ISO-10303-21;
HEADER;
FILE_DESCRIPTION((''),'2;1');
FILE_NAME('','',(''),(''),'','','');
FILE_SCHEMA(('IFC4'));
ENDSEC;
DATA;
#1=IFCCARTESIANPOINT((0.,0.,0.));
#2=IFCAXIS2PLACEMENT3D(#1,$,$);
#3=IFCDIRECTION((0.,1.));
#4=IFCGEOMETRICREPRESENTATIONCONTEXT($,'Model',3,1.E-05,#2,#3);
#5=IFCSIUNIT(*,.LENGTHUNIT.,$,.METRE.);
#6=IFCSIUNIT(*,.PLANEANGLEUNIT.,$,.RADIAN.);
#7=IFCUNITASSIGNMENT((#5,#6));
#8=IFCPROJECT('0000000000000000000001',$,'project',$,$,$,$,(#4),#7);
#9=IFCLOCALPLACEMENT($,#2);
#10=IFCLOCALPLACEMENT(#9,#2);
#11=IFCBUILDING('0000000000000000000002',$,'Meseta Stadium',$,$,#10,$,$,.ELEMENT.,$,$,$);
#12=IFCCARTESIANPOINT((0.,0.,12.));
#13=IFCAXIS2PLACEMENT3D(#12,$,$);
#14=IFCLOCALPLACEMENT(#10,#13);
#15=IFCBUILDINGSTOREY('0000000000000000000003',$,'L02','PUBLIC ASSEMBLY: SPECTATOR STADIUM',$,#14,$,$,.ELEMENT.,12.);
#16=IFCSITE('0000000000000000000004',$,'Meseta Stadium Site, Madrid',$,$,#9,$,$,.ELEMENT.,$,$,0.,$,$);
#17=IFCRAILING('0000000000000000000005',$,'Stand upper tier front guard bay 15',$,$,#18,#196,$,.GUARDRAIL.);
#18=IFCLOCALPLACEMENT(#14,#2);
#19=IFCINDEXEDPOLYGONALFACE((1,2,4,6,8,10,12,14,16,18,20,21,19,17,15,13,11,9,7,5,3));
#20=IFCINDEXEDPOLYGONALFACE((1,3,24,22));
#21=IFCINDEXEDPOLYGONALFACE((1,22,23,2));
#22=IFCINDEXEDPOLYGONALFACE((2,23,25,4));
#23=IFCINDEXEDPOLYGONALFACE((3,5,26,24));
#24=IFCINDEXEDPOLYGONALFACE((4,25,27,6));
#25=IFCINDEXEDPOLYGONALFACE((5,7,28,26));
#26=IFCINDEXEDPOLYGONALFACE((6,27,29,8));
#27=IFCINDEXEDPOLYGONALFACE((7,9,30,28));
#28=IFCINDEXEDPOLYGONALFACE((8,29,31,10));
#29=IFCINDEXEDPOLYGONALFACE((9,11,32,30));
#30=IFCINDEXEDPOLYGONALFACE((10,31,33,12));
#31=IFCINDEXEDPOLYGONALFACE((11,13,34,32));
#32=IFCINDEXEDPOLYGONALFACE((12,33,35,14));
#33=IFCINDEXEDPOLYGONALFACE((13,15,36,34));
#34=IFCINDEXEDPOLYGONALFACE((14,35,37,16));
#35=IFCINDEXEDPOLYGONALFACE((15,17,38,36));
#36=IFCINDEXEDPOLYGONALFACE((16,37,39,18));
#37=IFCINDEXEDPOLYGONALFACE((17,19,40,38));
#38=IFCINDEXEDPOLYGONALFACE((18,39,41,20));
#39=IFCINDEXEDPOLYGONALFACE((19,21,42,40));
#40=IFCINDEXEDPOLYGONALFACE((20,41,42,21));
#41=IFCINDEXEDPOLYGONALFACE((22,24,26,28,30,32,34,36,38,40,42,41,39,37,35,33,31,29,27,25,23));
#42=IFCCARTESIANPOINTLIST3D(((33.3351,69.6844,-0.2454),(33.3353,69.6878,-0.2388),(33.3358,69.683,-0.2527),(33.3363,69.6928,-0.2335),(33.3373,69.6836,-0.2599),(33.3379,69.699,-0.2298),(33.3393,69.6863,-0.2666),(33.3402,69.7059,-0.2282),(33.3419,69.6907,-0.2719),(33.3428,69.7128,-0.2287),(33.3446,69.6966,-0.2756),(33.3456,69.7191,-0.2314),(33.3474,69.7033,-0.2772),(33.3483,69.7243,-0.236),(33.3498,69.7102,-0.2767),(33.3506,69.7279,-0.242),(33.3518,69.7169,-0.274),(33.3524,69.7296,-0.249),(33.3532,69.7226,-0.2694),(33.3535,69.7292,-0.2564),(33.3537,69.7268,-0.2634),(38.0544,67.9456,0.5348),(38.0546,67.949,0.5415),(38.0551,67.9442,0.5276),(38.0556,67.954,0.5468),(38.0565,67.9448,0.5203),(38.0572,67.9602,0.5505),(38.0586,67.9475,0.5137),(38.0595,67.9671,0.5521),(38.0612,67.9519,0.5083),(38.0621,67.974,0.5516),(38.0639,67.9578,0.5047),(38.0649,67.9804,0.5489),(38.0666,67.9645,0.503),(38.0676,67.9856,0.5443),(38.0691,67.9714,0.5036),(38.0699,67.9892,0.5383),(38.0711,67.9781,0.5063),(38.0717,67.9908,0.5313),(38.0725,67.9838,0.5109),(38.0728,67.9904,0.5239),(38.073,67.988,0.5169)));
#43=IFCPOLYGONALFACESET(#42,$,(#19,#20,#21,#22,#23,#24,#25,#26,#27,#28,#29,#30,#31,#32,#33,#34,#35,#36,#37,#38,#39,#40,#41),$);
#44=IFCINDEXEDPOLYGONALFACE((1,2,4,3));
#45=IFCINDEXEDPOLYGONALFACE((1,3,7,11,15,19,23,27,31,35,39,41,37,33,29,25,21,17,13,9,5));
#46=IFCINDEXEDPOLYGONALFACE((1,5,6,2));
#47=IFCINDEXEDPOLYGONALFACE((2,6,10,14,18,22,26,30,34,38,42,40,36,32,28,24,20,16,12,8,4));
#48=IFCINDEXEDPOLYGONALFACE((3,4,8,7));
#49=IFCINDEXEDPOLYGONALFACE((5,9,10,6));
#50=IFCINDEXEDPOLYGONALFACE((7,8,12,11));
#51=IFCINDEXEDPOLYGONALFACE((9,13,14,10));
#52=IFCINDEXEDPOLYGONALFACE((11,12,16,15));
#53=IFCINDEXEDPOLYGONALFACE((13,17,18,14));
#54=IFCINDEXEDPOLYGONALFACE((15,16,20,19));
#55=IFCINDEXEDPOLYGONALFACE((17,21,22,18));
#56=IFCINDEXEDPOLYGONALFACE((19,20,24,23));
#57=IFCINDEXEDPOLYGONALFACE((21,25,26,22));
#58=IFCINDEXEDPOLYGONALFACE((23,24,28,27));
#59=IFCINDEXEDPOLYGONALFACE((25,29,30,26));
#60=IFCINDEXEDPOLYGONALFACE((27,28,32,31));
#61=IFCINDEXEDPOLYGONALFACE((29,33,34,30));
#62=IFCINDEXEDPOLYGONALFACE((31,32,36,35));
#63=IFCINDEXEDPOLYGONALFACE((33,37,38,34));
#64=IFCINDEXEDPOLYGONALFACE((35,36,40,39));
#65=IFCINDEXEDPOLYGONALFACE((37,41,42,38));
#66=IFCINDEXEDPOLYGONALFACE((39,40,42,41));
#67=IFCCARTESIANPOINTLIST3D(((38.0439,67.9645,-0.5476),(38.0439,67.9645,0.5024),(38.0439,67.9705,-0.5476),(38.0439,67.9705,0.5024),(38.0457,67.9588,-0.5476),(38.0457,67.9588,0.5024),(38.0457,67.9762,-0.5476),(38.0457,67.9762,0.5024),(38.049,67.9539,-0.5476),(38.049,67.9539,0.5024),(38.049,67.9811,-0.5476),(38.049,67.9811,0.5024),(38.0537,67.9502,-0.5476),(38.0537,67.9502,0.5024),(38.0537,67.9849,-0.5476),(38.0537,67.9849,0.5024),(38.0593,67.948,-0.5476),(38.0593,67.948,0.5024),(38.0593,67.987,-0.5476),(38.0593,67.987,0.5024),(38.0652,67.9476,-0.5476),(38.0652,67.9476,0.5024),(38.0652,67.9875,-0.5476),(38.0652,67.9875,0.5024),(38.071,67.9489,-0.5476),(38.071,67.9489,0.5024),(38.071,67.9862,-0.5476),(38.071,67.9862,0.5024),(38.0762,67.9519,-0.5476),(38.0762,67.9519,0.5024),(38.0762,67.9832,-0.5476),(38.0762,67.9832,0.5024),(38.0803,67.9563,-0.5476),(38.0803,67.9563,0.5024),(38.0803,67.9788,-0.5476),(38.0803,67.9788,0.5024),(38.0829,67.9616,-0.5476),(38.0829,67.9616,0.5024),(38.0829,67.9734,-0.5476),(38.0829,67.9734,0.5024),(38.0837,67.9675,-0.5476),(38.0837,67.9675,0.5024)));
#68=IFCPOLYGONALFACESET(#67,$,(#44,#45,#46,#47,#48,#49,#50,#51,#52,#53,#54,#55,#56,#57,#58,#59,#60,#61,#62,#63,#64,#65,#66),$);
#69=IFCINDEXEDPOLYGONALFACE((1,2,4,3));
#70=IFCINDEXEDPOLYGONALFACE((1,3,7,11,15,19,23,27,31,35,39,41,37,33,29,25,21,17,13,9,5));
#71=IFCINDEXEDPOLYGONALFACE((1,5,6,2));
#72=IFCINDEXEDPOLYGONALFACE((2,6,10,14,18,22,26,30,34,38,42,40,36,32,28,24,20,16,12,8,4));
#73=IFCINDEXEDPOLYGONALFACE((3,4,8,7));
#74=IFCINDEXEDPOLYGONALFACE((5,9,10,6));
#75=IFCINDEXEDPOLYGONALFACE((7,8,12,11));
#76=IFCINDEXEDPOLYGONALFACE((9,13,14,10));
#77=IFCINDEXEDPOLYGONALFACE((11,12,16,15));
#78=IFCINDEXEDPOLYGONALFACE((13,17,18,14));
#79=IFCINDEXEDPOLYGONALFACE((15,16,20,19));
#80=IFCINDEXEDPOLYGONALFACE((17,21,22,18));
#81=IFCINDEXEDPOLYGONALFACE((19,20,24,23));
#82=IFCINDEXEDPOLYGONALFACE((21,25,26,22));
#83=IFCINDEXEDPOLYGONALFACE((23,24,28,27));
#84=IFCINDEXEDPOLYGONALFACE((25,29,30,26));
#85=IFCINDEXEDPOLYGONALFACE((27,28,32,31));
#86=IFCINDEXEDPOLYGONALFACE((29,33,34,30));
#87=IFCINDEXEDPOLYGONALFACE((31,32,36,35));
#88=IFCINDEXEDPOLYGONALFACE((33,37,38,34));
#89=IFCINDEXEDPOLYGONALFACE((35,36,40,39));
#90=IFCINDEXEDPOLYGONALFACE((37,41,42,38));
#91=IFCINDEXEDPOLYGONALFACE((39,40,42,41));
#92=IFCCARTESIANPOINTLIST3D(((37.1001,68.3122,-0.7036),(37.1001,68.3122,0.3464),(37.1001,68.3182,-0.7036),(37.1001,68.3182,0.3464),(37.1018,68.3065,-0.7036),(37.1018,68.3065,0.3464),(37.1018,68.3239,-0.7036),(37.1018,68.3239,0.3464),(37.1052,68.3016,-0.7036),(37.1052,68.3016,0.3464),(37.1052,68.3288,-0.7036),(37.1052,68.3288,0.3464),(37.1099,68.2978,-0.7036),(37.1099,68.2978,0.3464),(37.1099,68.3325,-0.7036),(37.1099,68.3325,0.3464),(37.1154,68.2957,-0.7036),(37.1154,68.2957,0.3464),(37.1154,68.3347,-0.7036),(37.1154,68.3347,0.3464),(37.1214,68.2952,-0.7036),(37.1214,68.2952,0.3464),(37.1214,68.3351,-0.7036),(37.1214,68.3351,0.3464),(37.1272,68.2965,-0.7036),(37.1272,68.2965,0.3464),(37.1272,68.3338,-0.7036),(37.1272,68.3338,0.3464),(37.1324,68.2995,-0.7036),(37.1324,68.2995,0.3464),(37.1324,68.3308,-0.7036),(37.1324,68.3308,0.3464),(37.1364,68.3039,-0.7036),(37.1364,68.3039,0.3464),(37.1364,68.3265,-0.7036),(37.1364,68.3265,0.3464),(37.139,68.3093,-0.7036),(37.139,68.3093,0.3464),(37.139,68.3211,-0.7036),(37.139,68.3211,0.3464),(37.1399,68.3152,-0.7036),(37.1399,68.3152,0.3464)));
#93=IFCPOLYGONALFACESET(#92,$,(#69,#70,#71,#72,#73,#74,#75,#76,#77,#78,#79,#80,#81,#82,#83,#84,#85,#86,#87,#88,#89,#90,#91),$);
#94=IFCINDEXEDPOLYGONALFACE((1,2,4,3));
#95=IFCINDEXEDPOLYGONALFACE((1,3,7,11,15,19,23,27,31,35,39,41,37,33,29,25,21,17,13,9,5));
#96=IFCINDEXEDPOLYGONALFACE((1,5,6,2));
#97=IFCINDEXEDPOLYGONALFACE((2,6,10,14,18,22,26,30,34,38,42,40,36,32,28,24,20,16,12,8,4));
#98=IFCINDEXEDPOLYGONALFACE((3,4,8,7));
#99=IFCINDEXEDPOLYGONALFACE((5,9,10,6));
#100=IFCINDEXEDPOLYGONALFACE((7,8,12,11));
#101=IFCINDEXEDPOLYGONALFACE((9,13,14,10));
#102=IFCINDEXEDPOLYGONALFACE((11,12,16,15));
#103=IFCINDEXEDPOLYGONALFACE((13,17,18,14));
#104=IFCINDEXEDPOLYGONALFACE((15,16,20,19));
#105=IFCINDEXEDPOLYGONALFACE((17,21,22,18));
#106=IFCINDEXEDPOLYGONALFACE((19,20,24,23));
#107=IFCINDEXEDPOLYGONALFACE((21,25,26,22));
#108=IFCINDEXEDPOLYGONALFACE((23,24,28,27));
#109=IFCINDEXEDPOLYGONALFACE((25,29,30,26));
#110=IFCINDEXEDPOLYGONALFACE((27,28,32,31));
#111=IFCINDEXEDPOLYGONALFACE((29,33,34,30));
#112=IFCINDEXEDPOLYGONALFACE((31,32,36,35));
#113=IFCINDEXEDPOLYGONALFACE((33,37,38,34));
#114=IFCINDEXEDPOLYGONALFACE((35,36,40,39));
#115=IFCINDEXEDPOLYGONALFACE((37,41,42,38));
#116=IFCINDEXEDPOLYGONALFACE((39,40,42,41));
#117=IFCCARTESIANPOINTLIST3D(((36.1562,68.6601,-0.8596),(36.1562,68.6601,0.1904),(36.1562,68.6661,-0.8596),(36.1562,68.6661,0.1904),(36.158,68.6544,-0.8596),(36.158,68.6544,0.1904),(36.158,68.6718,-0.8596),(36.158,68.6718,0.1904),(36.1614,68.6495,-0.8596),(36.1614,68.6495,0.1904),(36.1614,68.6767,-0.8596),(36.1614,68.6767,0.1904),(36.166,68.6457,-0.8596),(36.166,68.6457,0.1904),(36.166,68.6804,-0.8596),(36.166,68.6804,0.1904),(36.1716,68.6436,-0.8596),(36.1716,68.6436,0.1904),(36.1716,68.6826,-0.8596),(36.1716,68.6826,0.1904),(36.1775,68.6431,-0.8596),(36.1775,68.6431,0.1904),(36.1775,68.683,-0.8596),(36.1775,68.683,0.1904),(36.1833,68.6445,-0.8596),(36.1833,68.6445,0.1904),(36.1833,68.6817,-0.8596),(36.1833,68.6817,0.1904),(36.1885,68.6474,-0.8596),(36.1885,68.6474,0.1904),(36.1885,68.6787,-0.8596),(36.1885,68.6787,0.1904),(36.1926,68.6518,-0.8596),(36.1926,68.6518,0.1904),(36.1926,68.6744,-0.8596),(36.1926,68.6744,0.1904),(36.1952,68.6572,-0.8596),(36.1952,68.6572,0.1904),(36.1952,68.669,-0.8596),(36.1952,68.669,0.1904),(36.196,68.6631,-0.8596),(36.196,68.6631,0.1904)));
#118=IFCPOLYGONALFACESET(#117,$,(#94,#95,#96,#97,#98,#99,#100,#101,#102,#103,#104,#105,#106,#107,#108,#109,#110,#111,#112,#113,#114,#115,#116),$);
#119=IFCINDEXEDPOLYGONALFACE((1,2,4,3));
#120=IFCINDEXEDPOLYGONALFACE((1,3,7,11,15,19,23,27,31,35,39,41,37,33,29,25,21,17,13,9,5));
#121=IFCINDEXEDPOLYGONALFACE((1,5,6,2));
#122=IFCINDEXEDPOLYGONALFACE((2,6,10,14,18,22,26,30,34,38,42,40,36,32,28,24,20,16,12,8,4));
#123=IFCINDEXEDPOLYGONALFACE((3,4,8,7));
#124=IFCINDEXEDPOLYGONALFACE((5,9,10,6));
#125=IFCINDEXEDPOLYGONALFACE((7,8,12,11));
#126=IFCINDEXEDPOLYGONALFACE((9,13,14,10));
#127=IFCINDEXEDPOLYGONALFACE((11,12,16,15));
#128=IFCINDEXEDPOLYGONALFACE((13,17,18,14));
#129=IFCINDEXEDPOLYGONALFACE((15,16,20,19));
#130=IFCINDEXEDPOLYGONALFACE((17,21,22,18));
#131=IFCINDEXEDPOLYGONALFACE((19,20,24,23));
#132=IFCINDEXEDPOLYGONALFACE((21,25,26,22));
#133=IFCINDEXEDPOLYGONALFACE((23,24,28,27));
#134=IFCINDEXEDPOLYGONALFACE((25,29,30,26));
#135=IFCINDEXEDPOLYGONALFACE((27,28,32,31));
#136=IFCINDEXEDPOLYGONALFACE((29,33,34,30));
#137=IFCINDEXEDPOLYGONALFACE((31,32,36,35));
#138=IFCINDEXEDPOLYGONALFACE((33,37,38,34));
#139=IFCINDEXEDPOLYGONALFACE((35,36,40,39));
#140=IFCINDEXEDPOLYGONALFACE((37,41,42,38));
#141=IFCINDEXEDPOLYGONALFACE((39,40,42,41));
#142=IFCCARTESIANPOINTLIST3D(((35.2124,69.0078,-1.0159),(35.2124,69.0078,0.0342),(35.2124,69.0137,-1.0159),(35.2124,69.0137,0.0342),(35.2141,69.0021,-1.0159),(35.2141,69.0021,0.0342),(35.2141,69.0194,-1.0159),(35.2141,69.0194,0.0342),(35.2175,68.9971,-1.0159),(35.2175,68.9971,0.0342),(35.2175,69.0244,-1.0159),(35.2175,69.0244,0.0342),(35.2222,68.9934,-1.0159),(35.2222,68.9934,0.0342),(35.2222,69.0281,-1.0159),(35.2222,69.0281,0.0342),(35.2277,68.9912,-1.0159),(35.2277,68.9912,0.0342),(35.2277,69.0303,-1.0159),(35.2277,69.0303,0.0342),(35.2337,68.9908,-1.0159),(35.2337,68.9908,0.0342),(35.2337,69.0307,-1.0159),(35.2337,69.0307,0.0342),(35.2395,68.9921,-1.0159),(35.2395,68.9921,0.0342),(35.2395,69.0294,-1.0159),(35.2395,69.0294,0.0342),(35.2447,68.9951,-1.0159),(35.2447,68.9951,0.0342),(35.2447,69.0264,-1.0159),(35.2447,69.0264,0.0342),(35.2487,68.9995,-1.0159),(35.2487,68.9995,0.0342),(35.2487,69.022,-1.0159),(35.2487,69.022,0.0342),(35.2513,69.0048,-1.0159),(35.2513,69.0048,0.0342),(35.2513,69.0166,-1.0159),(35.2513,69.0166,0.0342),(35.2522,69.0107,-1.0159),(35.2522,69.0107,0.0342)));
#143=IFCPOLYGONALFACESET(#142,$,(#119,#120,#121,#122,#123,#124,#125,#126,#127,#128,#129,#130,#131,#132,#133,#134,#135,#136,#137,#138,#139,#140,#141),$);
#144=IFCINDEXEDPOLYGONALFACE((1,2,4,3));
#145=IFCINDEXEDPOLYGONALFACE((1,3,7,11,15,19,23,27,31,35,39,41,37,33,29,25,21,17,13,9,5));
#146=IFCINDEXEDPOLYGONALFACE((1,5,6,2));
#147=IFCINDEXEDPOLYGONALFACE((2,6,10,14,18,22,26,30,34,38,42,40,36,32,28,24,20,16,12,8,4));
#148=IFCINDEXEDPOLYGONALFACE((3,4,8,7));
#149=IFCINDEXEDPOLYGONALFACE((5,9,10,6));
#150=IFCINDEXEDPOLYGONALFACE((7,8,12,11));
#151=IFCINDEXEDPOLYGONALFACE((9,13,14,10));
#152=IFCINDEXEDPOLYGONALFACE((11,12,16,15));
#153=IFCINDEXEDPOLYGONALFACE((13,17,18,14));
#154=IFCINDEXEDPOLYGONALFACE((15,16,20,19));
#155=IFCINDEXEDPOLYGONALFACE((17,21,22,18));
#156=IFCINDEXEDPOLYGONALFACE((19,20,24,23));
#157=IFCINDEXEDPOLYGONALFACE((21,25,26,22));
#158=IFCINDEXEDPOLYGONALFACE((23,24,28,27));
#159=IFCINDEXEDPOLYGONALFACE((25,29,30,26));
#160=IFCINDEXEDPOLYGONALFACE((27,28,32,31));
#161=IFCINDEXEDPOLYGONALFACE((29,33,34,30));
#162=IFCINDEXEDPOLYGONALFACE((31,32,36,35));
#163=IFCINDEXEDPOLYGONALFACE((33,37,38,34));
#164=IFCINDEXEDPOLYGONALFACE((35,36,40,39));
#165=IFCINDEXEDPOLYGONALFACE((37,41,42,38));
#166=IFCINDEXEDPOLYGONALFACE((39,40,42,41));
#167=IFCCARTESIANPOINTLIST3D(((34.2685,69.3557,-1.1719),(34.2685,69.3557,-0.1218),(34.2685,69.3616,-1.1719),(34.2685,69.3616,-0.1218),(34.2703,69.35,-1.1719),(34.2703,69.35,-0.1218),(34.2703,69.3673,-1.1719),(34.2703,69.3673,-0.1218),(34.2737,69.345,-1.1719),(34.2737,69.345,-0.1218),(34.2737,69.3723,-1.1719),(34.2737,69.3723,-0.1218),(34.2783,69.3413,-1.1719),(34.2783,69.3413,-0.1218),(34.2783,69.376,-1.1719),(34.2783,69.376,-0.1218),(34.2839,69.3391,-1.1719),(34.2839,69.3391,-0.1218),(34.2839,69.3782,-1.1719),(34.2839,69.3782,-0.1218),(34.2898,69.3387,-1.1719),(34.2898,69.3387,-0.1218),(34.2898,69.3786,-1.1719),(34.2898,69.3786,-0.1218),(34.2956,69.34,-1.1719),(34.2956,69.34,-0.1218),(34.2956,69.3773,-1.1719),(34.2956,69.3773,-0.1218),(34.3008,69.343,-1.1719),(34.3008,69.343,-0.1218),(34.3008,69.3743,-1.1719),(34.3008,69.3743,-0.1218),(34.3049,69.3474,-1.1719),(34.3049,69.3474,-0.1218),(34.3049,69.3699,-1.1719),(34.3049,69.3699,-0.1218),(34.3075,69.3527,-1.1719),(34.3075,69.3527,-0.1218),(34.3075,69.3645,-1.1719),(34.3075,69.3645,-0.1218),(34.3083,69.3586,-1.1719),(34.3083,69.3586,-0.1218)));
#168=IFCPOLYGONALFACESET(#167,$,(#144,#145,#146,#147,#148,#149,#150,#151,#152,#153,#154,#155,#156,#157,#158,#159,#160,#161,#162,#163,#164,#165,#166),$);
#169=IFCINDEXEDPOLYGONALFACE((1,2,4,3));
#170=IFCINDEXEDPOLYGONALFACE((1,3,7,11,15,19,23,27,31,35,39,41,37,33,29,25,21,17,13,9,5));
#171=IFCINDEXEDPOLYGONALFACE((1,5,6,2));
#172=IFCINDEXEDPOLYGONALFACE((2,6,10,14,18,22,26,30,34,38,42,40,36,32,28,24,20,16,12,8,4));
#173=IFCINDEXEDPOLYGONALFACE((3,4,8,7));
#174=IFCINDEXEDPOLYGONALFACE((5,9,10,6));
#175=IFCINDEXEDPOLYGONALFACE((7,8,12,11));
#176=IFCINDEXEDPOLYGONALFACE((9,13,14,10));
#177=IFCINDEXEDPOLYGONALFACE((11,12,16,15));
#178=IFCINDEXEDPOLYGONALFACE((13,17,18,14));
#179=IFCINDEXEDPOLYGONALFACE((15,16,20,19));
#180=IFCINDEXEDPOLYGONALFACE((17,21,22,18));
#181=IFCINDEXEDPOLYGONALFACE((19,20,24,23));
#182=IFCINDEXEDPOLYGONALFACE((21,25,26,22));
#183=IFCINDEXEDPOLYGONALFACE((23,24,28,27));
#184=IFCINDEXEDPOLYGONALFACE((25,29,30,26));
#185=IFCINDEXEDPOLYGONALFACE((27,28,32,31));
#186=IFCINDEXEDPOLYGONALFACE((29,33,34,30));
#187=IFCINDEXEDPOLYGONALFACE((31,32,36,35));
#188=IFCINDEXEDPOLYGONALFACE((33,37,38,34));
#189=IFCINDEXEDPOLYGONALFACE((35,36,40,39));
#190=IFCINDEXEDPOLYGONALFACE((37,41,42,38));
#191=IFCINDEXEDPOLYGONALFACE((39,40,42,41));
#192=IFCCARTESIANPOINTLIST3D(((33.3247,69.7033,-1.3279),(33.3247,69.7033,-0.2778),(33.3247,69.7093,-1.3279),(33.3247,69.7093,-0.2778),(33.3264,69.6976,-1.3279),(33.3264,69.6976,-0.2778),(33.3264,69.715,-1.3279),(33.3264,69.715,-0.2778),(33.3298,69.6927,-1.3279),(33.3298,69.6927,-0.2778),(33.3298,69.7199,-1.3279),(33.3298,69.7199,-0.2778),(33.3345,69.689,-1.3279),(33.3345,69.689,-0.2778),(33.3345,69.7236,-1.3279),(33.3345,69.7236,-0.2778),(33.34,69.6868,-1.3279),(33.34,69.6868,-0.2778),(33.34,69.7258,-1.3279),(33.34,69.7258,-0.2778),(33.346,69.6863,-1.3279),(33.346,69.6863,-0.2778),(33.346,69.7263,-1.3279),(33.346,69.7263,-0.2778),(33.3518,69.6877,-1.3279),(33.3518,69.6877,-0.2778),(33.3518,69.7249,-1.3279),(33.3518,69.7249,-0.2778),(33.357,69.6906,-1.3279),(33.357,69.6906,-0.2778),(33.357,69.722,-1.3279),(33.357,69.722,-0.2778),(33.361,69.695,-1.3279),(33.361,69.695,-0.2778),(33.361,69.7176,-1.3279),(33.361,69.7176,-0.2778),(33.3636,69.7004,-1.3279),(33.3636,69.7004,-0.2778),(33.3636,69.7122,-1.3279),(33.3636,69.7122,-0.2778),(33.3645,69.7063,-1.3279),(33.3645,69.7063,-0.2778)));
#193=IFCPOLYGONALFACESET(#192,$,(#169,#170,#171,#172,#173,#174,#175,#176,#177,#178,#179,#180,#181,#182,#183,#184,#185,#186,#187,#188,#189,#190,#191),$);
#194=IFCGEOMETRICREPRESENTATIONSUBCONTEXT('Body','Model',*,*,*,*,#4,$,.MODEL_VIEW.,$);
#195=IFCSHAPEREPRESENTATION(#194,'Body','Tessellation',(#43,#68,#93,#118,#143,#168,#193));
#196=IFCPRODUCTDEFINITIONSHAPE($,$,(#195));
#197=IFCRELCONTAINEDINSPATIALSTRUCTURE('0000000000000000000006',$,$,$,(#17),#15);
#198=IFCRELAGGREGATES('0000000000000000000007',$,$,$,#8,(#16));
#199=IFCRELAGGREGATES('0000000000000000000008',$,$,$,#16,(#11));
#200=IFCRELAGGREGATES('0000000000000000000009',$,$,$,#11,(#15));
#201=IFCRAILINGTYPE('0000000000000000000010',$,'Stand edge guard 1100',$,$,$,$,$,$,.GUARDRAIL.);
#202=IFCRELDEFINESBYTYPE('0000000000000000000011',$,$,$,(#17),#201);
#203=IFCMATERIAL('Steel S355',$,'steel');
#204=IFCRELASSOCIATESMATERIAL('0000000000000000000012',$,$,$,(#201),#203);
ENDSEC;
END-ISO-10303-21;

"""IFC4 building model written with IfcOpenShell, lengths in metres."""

from ifc_helpers import new_model, si_unit, direction, frame, origin, origin_2d, place, context, subcontext, project, spatial, circle, extrude, material, type_object, element, save


model = new_model("IFC4")

# Units and contexts
model_context = context("Model", 3, precision=1e-05, world=origin(), true_north=direction((0.0, 1.0)))
body_context = subcontext(model_context, "Body", "Model", "MODEL_VIEW")
ifc_project = project(units=[si_unit("LENGTHUNIT", "METRE"), si_unit("PLANEANGLEUNIT", "RADIAN")], contexts=[model_context])

# Site, building, storey
site_placement = place(None, origin())
site = spatial("IfcSite", under=ifc_project, at=site_placement, Name="Meseta Stadium Site, Madrid", CompositionType="ELEMENT", RefElevation=0.0)
building_placement = place(site_placement, origin())
building = spatial("IfcBuilding", under=site, at=building_placement, Name="Meseta Stadium", CompositionType="ELEMENT")
storey_placement = place(building_placement, frame((0.0, 0.0, 12.0)))
storey = spatial("IfcBuildingStorey", under=building, at=storey_placement, Name="L02", Description="PUBLIC ASSEMBLY: SPECTATOR STADIUM", CompositionType="ELEMENT", Elevation=12.0)

# Railing
ifc_material_1 = material(Name="Steel S355", Category="steel")
railing_type = type_object("IfcRailingType", Name="Stand edge guard 1100", PredefinedType="GUARDRAIL", material=ifc_material_1)
railing_1_placement = place(storey_placement, frame((38.0637, 67.9675, -0.5476)))
element("IfcRailing", 1, at=railing_1_placement, inside=storey, type_object=railing_type, Name="Stand upper tier front guard bay 15", PredefinedType="GUARDRAIL", context=body_context, shape_type="SweptSolid", body=[
    extrude(circle(Radius=0.0249, at=origin_2d()), frame((0.0, 0.0, 1.0752), z_axis=(-0.927244, 0.341636, -0.153309), x_axis=(-0.345723, -0.938336, 0.0)), (0.0, 0.0, 1.0), 5.0896),
    extrude(circle(Radius=0.02, at=origin_2d()), origin(), (0.0, 0.0, 1.0), 1.05),
    extrude(circle(Radius=0.02, at=origin_2d()), frame((-0.9438, 0.3477, -0.156)), (0.0, 0.0, 1.0), 1.05),
    extrude(circle(Radius=0.02, at=origin_2d()), frame((-1.8877, 0.6956, -0.312)), (0.0, 0.0, 1.0), 1.05),
    extrude(circle(Radius=0.02, at=origin_2d()), frame((-2.8315, 1.0432, -0.4683)), (0.0, 0.0, 1.0), 1.05),
    extrude(circle(Radius=0.02, at=origin_2d()), frame((-3.7754, 1.3911, -0.6243)), (0.0, 0.0, 1.0), 1.05),
    extrude(circle(Radius=0.02, at=origin_2d()), frame((-4.7192, 1.7388, -0.7803)), (0.0, 0.0, 1.0), 1.05),
])

save(model, "model.ifc")
